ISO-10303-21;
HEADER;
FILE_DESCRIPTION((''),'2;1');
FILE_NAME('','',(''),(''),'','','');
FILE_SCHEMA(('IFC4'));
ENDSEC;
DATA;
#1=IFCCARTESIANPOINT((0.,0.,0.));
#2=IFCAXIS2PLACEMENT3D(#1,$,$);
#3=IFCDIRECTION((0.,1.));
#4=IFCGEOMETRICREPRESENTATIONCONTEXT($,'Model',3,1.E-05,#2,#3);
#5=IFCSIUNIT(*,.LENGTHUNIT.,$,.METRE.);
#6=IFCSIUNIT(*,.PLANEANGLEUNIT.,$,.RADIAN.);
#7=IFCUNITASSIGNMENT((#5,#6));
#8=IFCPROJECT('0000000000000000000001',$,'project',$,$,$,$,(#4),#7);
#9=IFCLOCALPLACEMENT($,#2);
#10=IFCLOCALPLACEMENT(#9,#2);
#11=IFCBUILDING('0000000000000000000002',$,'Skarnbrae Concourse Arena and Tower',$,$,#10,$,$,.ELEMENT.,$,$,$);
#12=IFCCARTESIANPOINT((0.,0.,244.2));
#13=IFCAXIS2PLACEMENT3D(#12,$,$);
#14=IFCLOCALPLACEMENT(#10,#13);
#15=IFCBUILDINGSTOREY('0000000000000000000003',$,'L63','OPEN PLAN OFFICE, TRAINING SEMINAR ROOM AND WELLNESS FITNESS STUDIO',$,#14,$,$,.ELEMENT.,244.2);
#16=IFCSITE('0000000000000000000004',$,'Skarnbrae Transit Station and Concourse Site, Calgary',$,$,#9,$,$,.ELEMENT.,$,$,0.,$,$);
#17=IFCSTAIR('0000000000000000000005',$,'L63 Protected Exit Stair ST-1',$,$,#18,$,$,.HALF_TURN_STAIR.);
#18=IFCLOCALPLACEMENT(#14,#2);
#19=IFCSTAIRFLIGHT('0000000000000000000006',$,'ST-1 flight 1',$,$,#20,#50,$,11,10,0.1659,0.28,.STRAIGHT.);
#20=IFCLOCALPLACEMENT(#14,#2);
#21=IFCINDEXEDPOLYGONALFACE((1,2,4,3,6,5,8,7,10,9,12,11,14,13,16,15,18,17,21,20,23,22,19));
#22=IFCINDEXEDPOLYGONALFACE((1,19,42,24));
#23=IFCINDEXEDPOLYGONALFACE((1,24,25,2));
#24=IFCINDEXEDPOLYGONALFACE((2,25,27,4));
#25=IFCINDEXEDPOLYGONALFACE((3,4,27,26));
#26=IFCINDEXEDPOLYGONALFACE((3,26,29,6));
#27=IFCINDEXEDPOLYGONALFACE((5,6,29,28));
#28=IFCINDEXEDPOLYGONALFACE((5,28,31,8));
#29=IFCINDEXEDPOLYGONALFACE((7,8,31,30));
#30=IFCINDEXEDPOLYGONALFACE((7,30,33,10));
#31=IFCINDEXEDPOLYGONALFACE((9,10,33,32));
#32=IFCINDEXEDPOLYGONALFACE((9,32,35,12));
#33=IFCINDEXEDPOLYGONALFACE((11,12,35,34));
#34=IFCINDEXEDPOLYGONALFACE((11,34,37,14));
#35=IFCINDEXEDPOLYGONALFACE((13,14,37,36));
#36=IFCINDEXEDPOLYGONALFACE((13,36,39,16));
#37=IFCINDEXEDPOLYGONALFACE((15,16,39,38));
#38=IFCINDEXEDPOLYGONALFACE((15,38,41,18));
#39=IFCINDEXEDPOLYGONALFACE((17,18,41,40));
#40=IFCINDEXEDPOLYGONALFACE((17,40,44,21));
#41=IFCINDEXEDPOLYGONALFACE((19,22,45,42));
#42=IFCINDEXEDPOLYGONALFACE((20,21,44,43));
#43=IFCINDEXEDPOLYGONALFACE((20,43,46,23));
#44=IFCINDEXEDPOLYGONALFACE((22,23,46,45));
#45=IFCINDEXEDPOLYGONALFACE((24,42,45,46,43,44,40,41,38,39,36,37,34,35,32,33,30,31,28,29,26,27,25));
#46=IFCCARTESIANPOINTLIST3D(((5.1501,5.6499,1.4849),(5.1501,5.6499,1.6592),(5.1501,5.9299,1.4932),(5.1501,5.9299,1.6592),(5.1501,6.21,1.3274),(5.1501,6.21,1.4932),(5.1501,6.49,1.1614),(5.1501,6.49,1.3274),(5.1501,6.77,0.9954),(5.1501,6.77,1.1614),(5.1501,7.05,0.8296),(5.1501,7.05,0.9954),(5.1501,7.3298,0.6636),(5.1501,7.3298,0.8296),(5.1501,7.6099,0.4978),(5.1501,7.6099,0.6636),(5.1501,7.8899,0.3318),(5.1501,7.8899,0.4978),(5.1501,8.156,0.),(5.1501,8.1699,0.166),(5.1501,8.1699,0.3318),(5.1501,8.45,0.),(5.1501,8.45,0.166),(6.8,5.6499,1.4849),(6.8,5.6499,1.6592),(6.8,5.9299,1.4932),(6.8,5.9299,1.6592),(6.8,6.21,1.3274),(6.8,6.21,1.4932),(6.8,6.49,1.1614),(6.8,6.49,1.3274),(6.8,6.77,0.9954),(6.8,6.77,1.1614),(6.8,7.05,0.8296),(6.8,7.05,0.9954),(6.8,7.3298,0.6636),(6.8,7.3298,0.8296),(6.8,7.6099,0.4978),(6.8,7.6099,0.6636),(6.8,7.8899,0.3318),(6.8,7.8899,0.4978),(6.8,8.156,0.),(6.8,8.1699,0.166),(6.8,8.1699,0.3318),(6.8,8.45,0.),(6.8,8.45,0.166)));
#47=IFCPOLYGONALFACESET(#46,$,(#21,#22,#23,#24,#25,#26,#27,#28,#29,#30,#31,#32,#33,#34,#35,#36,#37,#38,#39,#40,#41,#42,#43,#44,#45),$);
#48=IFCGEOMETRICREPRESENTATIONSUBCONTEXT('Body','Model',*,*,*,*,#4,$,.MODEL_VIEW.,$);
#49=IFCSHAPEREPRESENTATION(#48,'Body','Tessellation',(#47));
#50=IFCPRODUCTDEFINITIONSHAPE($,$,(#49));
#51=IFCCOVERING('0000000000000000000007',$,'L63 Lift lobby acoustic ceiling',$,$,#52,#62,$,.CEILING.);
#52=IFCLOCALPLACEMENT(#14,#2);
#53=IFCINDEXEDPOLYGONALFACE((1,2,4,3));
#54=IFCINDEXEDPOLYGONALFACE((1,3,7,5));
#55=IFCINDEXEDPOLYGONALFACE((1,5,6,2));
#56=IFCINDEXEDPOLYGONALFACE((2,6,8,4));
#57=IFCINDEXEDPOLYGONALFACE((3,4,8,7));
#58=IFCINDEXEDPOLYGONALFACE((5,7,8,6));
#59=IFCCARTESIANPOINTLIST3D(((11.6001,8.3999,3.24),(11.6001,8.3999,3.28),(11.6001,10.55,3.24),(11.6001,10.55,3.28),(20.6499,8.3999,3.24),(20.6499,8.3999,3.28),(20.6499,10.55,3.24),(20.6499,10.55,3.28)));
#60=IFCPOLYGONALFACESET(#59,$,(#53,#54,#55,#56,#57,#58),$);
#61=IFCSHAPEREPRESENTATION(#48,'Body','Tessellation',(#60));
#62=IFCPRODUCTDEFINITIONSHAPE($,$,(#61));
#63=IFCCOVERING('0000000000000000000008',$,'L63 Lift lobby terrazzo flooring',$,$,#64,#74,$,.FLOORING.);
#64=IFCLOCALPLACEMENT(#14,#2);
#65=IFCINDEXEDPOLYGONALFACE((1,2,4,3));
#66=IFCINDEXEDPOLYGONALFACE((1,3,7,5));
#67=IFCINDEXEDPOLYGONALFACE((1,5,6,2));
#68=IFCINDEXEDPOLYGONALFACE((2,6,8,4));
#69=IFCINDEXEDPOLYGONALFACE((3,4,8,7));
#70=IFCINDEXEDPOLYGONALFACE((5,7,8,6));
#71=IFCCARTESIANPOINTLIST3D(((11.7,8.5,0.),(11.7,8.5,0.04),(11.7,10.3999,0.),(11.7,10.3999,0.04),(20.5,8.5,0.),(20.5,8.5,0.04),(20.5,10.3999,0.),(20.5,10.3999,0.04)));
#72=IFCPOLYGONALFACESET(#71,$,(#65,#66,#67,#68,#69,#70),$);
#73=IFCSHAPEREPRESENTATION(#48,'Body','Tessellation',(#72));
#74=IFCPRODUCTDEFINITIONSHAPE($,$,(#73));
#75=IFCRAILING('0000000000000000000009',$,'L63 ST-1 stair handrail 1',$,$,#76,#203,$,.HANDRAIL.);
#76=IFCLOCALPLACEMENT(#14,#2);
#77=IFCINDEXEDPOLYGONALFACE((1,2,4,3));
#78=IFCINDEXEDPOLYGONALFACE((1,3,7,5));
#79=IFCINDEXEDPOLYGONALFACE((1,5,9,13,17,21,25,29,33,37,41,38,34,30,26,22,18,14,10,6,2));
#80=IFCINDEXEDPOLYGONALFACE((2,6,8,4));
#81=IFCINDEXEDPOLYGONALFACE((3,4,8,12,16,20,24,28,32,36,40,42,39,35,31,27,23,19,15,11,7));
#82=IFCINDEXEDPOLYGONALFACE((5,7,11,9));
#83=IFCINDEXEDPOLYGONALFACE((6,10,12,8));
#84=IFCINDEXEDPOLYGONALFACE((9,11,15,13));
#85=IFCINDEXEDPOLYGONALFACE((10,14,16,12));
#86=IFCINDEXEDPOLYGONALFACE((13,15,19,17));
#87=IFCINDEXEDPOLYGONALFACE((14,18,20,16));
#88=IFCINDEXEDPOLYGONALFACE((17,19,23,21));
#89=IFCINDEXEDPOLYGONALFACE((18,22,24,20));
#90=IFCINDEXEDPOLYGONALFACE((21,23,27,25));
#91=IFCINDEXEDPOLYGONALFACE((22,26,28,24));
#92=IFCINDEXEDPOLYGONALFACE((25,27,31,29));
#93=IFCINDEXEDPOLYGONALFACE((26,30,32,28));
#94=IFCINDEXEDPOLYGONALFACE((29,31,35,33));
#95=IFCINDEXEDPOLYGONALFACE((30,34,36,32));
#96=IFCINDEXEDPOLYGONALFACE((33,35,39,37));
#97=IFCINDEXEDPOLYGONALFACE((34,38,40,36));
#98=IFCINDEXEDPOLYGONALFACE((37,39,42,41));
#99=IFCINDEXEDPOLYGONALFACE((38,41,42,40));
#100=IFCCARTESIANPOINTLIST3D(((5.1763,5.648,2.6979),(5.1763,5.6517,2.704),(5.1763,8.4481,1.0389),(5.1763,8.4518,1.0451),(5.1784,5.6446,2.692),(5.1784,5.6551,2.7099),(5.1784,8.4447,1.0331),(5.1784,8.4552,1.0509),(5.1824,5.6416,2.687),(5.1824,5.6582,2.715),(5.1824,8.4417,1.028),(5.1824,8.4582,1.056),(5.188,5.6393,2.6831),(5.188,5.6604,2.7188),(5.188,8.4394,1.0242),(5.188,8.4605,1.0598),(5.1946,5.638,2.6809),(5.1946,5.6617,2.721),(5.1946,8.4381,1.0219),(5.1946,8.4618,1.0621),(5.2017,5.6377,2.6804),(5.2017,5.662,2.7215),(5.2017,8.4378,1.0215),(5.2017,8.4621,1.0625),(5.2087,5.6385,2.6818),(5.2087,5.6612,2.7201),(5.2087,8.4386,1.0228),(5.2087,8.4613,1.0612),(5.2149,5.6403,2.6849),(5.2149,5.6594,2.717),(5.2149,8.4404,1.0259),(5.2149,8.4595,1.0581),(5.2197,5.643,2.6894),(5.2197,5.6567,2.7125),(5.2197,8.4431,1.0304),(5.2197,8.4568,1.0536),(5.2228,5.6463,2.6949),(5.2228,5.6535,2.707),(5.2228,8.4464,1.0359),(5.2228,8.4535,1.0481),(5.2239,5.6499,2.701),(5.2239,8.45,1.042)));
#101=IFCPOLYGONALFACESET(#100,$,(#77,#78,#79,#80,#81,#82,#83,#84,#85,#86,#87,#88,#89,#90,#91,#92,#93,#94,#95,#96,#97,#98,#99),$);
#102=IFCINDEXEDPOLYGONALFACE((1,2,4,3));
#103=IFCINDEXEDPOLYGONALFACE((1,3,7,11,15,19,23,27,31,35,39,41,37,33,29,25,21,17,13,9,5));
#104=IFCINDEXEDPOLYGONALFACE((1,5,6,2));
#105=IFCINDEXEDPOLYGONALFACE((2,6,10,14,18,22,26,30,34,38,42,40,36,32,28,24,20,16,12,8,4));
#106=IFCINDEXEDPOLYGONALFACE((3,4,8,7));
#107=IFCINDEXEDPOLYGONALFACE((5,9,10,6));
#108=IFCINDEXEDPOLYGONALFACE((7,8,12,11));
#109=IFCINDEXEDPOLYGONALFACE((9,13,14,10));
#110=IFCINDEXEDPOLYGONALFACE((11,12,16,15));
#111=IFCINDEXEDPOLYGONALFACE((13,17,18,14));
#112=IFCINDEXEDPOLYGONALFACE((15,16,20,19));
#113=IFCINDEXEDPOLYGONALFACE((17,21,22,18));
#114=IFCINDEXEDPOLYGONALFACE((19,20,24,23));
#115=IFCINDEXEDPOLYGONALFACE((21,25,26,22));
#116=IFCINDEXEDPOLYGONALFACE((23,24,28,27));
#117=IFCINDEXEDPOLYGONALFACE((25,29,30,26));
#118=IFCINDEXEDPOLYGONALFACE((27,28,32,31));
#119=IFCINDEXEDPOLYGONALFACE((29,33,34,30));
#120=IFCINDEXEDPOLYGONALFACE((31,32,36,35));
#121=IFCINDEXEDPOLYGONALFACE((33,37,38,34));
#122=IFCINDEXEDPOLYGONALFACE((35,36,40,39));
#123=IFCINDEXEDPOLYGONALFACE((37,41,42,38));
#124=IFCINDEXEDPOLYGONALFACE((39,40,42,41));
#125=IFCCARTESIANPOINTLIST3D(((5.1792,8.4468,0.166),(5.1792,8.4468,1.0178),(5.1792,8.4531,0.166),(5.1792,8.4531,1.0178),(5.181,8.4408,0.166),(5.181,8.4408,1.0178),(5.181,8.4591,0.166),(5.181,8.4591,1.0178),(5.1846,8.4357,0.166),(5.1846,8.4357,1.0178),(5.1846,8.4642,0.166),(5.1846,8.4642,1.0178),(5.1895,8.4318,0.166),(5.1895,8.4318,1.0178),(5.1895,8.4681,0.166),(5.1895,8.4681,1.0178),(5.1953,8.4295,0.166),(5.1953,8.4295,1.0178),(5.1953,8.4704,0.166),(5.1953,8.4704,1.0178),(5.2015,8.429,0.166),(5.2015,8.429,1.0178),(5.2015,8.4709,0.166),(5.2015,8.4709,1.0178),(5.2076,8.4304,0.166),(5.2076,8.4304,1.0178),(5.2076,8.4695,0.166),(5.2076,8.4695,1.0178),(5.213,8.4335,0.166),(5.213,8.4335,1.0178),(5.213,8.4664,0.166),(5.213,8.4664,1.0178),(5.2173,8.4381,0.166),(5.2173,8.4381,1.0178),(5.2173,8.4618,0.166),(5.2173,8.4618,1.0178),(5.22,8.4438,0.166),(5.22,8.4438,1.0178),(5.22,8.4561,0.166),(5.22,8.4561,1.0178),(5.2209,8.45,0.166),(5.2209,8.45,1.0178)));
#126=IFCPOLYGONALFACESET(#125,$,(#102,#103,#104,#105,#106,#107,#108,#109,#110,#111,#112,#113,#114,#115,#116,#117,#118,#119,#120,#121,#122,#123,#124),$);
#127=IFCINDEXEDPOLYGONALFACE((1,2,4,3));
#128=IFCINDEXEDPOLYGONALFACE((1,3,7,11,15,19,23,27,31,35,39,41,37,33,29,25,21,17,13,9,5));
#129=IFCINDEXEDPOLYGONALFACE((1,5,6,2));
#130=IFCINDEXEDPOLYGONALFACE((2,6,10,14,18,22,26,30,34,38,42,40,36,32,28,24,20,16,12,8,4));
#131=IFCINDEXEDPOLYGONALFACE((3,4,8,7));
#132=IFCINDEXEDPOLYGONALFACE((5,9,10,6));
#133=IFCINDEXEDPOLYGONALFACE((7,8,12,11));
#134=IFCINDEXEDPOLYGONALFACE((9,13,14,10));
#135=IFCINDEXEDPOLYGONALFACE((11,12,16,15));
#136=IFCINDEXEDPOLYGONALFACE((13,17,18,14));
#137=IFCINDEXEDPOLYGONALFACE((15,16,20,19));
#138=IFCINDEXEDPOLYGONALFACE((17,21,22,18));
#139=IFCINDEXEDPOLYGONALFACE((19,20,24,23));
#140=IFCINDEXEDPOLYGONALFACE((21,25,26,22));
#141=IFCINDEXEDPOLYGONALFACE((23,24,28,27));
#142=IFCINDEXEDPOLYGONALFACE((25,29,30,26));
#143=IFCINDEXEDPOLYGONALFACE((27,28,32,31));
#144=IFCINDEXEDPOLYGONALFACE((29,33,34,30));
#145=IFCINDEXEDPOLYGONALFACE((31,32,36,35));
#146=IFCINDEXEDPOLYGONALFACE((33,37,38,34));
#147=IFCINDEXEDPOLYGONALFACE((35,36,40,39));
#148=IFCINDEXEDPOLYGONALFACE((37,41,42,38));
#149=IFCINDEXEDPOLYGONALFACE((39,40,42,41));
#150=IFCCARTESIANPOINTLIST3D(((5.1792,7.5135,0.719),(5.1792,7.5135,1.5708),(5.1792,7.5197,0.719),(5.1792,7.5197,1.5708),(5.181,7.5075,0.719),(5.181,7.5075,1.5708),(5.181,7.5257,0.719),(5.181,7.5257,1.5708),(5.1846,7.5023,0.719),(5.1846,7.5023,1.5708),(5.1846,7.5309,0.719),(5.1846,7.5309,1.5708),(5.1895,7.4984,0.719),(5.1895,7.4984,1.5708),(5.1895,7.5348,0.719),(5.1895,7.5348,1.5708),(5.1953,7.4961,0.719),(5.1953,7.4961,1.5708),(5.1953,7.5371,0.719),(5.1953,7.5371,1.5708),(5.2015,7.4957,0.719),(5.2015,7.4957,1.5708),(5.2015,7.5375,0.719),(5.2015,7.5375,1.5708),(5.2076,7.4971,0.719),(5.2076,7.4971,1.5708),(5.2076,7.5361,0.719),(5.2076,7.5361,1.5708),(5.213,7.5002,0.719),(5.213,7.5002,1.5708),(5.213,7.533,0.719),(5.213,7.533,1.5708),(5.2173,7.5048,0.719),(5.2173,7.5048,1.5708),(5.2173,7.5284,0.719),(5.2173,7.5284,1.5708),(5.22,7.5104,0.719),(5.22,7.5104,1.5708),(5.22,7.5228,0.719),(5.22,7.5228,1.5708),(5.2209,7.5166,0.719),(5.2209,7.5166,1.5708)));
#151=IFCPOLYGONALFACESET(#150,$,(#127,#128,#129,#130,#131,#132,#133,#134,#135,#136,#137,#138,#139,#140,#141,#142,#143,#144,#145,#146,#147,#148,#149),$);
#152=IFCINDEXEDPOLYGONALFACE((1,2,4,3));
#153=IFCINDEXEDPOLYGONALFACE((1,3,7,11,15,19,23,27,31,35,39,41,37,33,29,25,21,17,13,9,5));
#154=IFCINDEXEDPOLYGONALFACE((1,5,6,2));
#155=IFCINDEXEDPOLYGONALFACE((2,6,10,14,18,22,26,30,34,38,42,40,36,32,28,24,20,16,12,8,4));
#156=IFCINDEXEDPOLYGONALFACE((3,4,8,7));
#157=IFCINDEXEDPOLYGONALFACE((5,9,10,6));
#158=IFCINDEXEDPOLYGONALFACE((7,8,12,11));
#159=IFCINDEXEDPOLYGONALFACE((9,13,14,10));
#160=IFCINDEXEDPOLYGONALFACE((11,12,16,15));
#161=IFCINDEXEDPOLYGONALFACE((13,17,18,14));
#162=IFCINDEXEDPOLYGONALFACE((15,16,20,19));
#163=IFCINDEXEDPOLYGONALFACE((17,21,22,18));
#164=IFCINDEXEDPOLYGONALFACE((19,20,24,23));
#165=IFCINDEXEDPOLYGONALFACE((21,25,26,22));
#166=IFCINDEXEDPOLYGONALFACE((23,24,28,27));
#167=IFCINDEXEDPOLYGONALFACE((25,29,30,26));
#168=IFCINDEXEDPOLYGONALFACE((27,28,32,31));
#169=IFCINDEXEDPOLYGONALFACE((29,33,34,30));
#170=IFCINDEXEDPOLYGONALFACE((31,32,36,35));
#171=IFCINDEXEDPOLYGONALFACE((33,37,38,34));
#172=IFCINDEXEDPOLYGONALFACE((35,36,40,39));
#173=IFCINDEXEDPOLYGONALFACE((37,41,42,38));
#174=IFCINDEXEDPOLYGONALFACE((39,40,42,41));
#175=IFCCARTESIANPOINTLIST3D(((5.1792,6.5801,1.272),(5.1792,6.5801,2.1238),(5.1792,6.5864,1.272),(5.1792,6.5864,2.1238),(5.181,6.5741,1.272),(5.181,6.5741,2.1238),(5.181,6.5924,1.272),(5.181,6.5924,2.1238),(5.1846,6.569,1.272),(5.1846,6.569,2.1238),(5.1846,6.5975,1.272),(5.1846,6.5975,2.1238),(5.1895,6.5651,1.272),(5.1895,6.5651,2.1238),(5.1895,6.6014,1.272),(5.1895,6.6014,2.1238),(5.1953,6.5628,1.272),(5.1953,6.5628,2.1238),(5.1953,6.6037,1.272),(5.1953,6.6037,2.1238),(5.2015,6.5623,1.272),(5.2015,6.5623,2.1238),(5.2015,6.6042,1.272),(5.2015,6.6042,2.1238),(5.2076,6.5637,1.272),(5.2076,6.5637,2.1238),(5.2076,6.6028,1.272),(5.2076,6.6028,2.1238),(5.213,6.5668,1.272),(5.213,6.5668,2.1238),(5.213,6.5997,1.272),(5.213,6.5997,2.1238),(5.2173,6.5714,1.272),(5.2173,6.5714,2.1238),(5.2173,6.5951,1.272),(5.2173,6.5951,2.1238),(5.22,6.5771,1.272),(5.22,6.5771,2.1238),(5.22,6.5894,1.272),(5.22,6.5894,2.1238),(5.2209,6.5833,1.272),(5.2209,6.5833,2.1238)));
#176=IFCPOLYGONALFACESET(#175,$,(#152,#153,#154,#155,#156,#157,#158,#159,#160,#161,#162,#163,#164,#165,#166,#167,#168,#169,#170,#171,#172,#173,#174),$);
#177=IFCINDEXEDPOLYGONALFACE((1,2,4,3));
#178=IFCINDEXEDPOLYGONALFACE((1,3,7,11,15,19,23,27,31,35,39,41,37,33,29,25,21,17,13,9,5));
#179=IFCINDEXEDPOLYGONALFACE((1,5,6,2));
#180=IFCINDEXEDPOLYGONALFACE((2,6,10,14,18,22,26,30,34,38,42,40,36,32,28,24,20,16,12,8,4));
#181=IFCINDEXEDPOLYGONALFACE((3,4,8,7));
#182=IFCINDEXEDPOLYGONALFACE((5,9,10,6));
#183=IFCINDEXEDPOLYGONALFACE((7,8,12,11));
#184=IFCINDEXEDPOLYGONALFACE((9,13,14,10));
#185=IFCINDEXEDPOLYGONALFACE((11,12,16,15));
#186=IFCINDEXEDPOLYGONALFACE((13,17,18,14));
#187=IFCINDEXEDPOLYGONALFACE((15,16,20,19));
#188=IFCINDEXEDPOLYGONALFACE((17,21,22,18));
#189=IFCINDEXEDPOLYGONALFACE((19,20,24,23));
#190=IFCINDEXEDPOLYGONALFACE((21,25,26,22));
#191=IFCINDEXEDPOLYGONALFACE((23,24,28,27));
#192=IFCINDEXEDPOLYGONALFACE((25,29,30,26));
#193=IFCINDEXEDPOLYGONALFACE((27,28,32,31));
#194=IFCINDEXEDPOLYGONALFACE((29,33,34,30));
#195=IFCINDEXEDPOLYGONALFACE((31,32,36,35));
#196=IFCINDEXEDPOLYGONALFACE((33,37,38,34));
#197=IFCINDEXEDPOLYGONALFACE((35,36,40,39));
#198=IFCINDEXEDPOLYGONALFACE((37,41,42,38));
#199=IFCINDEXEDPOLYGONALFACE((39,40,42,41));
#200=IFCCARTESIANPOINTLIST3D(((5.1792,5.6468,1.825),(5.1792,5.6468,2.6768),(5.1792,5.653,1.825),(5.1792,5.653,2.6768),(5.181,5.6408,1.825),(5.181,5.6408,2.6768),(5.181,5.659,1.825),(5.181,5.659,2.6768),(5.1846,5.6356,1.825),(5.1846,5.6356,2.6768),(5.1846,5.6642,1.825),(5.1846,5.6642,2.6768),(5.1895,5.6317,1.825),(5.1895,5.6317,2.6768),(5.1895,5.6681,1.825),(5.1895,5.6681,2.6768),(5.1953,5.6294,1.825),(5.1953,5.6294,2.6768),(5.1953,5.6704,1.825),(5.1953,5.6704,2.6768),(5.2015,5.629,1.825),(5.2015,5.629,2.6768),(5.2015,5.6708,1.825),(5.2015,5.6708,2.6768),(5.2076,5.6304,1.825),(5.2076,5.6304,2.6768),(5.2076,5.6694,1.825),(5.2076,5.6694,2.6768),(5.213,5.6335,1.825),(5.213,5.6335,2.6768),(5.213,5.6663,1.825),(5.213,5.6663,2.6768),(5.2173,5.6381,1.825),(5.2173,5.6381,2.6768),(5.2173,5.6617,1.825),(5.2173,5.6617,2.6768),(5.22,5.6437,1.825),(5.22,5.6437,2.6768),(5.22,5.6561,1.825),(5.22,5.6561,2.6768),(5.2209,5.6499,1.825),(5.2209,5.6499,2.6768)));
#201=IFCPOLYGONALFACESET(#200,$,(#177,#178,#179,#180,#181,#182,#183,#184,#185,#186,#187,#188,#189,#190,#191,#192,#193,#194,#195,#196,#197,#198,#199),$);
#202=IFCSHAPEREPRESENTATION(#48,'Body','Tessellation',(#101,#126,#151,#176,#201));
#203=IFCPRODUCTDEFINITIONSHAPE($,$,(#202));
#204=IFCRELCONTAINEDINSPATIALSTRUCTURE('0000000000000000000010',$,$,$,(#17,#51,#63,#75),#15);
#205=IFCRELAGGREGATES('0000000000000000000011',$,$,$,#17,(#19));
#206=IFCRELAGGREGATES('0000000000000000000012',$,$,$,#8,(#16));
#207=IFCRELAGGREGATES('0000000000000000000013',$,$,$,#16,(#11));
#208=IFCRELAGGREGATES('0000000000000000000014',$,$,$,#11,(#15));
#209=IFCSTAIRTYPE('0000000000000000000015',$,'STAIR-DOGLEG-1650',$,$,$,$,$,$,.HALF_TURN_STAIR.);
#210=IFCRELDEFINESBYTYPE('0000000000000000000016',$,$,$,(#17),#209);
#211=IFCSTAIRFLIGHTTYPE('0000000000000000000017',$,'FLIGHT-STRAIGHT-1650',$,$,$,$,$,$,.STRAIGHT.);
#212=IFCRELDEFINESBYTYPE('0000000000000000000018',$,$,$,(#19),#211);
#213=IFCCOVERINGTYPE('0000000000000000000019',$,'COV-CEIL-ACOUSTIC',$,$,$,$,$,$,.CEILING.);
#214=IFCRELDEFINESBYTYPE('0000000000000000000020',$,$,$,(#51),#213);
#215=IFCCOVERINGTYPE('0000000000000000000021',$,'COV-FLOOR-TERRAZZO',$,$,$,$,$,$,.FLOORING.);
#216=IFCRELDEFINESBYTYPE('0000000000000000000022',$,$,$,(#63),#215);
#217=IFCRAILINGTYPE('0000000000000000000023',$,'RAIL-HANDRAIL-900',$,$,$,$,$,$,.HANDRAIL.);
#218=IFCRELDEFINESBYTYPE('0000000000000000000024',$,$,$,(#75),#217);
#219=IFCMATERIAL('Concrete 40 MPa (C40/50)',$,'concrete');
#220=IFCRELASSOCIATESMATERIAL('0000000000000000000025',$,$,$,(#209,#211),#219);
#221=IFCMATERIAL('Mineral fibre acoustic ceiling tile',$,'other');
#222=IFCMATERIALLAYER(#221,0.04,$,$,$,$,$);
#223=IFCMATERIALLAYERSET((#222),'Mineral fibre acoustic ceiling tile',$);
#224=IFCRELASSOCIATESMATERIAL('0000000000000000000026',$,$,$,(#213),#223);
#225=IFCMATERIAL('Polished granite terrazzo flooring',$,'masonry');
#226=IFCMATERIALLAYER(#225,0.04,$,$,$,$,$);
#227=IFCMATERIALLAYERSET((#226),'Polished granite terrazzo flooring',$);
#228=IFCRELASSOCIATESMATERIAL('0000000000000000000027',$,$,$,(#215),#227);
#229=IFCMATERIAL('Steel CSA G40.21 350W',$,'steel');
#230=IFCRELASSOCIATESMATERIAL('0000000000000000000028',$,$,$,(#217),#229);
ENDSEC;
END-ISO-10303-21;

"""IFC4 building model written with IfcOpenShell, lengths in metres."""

from ifc_helpers import new_model, si_unit, direction, frame, origin, origin_2d, place, context, subcontext, project, spatial, polyline, circle, outline, extrude, source, transform, mapped, material, layer, layer_set, type_object, element, aggregate, save


model = new_model("IFC4")

# Units and contexts
model_context = context("Model", 3, precision=1e-05, world=origin(), true_north=direction((0.0, 1.0)))
body_context = subcontext(model_context, "Body", "Model", "MODEL_VIEW")
ifc_project = project(units=[si_unit("LENGTHUNIT", "METRE"), si_unit("PLANEANGLEUNIT", "RADIAN")], contexts=[model_context])

# Site, building, storey
site_placement = place(None, origin())
site = spatial("IfcSite", under=ifc_project, at=site_placement, Name="Skarnbrae Transit Station and Concourse Site, Calgary", CompositionType="ELEMENT", RefElevation=0.0)
building_placement = place(site_placement, origin())
building = spatial("IfcBuilding", under=site, at=building_placement, Name="Skarnbrae Concourse Arena and Tower", CompositionType="ELEMENT")
storey_placement = place(building_placement, frame((0.0, 0.0, 244.2)))
storey = spatial("IfcBuildingStorey", under=building, at=storey_placement, Name="L63", Description="OPEN PLAN OFFICE, TRAINING SEMINAR ROOM AND WELLNESS FITNESS STUDIO", CompositionType="ELEMENT", Elevation=244.2)

# Shared definitions
ifc_material_1 = material(Name="Steel CSA G40.21 350W", Category="steel")

# Stair
ifc_material_2 = material(Name="Concrete 40 MPa (C40/50)", Category="concrete")
stair_type = type_object("IfcStairType", Name="STAIR-DOGLEG-1650", PredefinedType="HALF_TURN_STAIR", material=ifc_material_2)
stair_1_placement = place(storey_placement, origin())
stair_1 = element("IfcStair", 1, at=stair_1_placement, inside=storey, type_object=stair_type, Name="L63 Protected Exit Stair ST-1", PredefinedType="HALF_TURN_STAIR")

# Stair flight
stair_flight_type = type_object("IfcStairFlightType", Name="FLIGHT-STRAIGHT-1650", PredefinedType="STRAIGHT", material=ifc_material_2)
shared_shape_1 = source(origin(), body_context, "Body", "SweptSolid", [
    extrude(outline(polyline([(0.0, 0.0), (0.0, 0.166), (0.28, 0.166), (0.28, 0.3318), (0.5601, 0.3318), (0.5601, 0.4978), (0.8401, 0.4978), (0.8401, 0.6636), (1.1201, 0.6636), (1.1201, 0.8296), (1.3999, 0.8296), (1.3999, 0.9954), (1.6799, 0.9954), (1.6799, 1.1614), (1.96, 1.1614), (1.96, 1.3274), (2.24, 1.3274), (2.24, 1.4932), (2.52, 1.4932), (2.52, 1.6592), (2.8, 1.6592), (2.8, 1.825), (2.8, 1.4849), (0.2939, 0.0), (0.0, 0.0)])), frame((0.0, 0.825, 0.0), z_axis=(0.0, -1.0, 0.0), x_axis=(1.0, 0.0, 0.0)), (0.0, 0.0, 1.0), 1.6499),
])
stair_flight_placement = place(storey_placement, frame((5.9751, 8.45, 0.0), z_axis=(0.0, 0.0, 1.0), x_axis=(0.0, -1.0, 0.0)))
stair_flight = element("IfcStairFlight", 2, at=stair_flight_placement, type_object=stair_flight_type, Name="ST-1 flight 1", NumberOfRisers=11, NumberOfTreads=10, PredefinedType="STRAIGHT", RiserHeight=0.1659, TreadLength=0.28, context=body_context, shape_type="MappedRepresentation", body=[
    mapped(shared_shape_1, transform((0.0, 0.0, 0.0))),
])
aggregate(stair_1, [stair_flight])

# Coverings
ifc_material_3 = material(Name="Mineral fibre acoustic ceiling tile", Category="other")
ifc_layer_1 = layer(ifc_material_3, 0.04)
ifc_layer_set_1 = layer_set([ifc_layer_1], Name="Mineral fibre acoustic ceiling tile")
covering_type_1 = type_object("IfcCoveringType", Name="COV-CEIL-ACOUSTIC", PredefinedType="CEILING", material=ifc_layer_set_1)
covering_1_placement = place(storey_placement, frame((0.0, 0.0, 3.24)))
element("IfcCovering", 3, at=covering_1_placement, inside=storey, type_object=covering_type_1, Name="L63 Lift lobby acoustic ceiling", PredefinedType="CEILING", context=body_context, shape_type="SweptSolid", body=[
    extrude(outline(polyline([(11.6001, 8.3999), (20.6499, 8.3999), (20.6499, 10.55), (11.6001, 10.55), (11.6001, 8.3999)])), origin(), (0.0, 0.0, 1.0), 0.04),
])
ifc_material_4 = material(Name="Polished granite terrazzo flooring", Category="masonry")
ifc_layer_2 = layer(ifc_material_4, 0.04)
ifc_layer_set_2 = layer_set([ifc_layer_2], Name="Polished granite terrazzo flooring")
covering_type_2 = type_object("IfcCoveringType", Name="COV-FLOOR-TERRAZZO", PredefinedType="FLOORING", material=ifc_layer_set_2)
covering_2_placement = place(storey_placement, origin())
element("IfcCovering", 4, at=covering_2_placement, inside=storey, type_object=covering_type_2, Name="L63 Lift lobby terrazzo flooring", PredefinedType="FLOORING", context=body_context, shape_type="SweptSolid", body=[
    extrude(outline(polyline([(11.7, 8.5), (20.5, 8.5), (20.5, 10.3999), (11.7, 10.3999), (11.7, 8.5)])), origin(), (0.0, 0.0, 1.0), 0.04),
])

# Railing
railing_type = type_object("IfcRailingType", Name="RAIL-HANDRAIL-900", PredefinedType="HANDRAIL", material=ifc_material_1)
railing_placement = place(storey_placement, frame((5.2, 8.45, 0.166)))
element("IfcRailing", 5, at=railing_placement, inside=storey, type_object=railing_type, Name="L63 ST-1 stair handrail 1", PredefinedType="HANDRAIL", context=body_context, shape_type="SweptSolid", body=[
    extrude(circle(Radius=0.0239, at=origin_2d()), frame((0.0, 0.0, 0.876), z_axis=(0.0, -0.860339, 0.509722), x_axis=(1.0, 0.0, 0.0)), (0.0, 0.0, 1.0), 3.2546),
    extrude(circle(Radius=0.021, at=origin_2d()), origin(), (0.0, 0.0, 1.0), 0.8518),
    extrude(circle(Radius=0.021, at=origin_2d()), frame((0.0, -0.9333, 0.553)), (0.0, 0.0, 1.0), 0.8518),
    extrude(circle(Radius=0.021, at=origin_2d()), frame((0.0, -1.8667, 1.106)), (0.0, 0.0, 1.0), 0.8518),
    extrude(circle(Radius=0.021, at=origin_2d()), frame((0.0, -2.8, 1.6589)), (0.0, 0.0, 1.0), 0.8518),
])

save(model, "model.ifc")
